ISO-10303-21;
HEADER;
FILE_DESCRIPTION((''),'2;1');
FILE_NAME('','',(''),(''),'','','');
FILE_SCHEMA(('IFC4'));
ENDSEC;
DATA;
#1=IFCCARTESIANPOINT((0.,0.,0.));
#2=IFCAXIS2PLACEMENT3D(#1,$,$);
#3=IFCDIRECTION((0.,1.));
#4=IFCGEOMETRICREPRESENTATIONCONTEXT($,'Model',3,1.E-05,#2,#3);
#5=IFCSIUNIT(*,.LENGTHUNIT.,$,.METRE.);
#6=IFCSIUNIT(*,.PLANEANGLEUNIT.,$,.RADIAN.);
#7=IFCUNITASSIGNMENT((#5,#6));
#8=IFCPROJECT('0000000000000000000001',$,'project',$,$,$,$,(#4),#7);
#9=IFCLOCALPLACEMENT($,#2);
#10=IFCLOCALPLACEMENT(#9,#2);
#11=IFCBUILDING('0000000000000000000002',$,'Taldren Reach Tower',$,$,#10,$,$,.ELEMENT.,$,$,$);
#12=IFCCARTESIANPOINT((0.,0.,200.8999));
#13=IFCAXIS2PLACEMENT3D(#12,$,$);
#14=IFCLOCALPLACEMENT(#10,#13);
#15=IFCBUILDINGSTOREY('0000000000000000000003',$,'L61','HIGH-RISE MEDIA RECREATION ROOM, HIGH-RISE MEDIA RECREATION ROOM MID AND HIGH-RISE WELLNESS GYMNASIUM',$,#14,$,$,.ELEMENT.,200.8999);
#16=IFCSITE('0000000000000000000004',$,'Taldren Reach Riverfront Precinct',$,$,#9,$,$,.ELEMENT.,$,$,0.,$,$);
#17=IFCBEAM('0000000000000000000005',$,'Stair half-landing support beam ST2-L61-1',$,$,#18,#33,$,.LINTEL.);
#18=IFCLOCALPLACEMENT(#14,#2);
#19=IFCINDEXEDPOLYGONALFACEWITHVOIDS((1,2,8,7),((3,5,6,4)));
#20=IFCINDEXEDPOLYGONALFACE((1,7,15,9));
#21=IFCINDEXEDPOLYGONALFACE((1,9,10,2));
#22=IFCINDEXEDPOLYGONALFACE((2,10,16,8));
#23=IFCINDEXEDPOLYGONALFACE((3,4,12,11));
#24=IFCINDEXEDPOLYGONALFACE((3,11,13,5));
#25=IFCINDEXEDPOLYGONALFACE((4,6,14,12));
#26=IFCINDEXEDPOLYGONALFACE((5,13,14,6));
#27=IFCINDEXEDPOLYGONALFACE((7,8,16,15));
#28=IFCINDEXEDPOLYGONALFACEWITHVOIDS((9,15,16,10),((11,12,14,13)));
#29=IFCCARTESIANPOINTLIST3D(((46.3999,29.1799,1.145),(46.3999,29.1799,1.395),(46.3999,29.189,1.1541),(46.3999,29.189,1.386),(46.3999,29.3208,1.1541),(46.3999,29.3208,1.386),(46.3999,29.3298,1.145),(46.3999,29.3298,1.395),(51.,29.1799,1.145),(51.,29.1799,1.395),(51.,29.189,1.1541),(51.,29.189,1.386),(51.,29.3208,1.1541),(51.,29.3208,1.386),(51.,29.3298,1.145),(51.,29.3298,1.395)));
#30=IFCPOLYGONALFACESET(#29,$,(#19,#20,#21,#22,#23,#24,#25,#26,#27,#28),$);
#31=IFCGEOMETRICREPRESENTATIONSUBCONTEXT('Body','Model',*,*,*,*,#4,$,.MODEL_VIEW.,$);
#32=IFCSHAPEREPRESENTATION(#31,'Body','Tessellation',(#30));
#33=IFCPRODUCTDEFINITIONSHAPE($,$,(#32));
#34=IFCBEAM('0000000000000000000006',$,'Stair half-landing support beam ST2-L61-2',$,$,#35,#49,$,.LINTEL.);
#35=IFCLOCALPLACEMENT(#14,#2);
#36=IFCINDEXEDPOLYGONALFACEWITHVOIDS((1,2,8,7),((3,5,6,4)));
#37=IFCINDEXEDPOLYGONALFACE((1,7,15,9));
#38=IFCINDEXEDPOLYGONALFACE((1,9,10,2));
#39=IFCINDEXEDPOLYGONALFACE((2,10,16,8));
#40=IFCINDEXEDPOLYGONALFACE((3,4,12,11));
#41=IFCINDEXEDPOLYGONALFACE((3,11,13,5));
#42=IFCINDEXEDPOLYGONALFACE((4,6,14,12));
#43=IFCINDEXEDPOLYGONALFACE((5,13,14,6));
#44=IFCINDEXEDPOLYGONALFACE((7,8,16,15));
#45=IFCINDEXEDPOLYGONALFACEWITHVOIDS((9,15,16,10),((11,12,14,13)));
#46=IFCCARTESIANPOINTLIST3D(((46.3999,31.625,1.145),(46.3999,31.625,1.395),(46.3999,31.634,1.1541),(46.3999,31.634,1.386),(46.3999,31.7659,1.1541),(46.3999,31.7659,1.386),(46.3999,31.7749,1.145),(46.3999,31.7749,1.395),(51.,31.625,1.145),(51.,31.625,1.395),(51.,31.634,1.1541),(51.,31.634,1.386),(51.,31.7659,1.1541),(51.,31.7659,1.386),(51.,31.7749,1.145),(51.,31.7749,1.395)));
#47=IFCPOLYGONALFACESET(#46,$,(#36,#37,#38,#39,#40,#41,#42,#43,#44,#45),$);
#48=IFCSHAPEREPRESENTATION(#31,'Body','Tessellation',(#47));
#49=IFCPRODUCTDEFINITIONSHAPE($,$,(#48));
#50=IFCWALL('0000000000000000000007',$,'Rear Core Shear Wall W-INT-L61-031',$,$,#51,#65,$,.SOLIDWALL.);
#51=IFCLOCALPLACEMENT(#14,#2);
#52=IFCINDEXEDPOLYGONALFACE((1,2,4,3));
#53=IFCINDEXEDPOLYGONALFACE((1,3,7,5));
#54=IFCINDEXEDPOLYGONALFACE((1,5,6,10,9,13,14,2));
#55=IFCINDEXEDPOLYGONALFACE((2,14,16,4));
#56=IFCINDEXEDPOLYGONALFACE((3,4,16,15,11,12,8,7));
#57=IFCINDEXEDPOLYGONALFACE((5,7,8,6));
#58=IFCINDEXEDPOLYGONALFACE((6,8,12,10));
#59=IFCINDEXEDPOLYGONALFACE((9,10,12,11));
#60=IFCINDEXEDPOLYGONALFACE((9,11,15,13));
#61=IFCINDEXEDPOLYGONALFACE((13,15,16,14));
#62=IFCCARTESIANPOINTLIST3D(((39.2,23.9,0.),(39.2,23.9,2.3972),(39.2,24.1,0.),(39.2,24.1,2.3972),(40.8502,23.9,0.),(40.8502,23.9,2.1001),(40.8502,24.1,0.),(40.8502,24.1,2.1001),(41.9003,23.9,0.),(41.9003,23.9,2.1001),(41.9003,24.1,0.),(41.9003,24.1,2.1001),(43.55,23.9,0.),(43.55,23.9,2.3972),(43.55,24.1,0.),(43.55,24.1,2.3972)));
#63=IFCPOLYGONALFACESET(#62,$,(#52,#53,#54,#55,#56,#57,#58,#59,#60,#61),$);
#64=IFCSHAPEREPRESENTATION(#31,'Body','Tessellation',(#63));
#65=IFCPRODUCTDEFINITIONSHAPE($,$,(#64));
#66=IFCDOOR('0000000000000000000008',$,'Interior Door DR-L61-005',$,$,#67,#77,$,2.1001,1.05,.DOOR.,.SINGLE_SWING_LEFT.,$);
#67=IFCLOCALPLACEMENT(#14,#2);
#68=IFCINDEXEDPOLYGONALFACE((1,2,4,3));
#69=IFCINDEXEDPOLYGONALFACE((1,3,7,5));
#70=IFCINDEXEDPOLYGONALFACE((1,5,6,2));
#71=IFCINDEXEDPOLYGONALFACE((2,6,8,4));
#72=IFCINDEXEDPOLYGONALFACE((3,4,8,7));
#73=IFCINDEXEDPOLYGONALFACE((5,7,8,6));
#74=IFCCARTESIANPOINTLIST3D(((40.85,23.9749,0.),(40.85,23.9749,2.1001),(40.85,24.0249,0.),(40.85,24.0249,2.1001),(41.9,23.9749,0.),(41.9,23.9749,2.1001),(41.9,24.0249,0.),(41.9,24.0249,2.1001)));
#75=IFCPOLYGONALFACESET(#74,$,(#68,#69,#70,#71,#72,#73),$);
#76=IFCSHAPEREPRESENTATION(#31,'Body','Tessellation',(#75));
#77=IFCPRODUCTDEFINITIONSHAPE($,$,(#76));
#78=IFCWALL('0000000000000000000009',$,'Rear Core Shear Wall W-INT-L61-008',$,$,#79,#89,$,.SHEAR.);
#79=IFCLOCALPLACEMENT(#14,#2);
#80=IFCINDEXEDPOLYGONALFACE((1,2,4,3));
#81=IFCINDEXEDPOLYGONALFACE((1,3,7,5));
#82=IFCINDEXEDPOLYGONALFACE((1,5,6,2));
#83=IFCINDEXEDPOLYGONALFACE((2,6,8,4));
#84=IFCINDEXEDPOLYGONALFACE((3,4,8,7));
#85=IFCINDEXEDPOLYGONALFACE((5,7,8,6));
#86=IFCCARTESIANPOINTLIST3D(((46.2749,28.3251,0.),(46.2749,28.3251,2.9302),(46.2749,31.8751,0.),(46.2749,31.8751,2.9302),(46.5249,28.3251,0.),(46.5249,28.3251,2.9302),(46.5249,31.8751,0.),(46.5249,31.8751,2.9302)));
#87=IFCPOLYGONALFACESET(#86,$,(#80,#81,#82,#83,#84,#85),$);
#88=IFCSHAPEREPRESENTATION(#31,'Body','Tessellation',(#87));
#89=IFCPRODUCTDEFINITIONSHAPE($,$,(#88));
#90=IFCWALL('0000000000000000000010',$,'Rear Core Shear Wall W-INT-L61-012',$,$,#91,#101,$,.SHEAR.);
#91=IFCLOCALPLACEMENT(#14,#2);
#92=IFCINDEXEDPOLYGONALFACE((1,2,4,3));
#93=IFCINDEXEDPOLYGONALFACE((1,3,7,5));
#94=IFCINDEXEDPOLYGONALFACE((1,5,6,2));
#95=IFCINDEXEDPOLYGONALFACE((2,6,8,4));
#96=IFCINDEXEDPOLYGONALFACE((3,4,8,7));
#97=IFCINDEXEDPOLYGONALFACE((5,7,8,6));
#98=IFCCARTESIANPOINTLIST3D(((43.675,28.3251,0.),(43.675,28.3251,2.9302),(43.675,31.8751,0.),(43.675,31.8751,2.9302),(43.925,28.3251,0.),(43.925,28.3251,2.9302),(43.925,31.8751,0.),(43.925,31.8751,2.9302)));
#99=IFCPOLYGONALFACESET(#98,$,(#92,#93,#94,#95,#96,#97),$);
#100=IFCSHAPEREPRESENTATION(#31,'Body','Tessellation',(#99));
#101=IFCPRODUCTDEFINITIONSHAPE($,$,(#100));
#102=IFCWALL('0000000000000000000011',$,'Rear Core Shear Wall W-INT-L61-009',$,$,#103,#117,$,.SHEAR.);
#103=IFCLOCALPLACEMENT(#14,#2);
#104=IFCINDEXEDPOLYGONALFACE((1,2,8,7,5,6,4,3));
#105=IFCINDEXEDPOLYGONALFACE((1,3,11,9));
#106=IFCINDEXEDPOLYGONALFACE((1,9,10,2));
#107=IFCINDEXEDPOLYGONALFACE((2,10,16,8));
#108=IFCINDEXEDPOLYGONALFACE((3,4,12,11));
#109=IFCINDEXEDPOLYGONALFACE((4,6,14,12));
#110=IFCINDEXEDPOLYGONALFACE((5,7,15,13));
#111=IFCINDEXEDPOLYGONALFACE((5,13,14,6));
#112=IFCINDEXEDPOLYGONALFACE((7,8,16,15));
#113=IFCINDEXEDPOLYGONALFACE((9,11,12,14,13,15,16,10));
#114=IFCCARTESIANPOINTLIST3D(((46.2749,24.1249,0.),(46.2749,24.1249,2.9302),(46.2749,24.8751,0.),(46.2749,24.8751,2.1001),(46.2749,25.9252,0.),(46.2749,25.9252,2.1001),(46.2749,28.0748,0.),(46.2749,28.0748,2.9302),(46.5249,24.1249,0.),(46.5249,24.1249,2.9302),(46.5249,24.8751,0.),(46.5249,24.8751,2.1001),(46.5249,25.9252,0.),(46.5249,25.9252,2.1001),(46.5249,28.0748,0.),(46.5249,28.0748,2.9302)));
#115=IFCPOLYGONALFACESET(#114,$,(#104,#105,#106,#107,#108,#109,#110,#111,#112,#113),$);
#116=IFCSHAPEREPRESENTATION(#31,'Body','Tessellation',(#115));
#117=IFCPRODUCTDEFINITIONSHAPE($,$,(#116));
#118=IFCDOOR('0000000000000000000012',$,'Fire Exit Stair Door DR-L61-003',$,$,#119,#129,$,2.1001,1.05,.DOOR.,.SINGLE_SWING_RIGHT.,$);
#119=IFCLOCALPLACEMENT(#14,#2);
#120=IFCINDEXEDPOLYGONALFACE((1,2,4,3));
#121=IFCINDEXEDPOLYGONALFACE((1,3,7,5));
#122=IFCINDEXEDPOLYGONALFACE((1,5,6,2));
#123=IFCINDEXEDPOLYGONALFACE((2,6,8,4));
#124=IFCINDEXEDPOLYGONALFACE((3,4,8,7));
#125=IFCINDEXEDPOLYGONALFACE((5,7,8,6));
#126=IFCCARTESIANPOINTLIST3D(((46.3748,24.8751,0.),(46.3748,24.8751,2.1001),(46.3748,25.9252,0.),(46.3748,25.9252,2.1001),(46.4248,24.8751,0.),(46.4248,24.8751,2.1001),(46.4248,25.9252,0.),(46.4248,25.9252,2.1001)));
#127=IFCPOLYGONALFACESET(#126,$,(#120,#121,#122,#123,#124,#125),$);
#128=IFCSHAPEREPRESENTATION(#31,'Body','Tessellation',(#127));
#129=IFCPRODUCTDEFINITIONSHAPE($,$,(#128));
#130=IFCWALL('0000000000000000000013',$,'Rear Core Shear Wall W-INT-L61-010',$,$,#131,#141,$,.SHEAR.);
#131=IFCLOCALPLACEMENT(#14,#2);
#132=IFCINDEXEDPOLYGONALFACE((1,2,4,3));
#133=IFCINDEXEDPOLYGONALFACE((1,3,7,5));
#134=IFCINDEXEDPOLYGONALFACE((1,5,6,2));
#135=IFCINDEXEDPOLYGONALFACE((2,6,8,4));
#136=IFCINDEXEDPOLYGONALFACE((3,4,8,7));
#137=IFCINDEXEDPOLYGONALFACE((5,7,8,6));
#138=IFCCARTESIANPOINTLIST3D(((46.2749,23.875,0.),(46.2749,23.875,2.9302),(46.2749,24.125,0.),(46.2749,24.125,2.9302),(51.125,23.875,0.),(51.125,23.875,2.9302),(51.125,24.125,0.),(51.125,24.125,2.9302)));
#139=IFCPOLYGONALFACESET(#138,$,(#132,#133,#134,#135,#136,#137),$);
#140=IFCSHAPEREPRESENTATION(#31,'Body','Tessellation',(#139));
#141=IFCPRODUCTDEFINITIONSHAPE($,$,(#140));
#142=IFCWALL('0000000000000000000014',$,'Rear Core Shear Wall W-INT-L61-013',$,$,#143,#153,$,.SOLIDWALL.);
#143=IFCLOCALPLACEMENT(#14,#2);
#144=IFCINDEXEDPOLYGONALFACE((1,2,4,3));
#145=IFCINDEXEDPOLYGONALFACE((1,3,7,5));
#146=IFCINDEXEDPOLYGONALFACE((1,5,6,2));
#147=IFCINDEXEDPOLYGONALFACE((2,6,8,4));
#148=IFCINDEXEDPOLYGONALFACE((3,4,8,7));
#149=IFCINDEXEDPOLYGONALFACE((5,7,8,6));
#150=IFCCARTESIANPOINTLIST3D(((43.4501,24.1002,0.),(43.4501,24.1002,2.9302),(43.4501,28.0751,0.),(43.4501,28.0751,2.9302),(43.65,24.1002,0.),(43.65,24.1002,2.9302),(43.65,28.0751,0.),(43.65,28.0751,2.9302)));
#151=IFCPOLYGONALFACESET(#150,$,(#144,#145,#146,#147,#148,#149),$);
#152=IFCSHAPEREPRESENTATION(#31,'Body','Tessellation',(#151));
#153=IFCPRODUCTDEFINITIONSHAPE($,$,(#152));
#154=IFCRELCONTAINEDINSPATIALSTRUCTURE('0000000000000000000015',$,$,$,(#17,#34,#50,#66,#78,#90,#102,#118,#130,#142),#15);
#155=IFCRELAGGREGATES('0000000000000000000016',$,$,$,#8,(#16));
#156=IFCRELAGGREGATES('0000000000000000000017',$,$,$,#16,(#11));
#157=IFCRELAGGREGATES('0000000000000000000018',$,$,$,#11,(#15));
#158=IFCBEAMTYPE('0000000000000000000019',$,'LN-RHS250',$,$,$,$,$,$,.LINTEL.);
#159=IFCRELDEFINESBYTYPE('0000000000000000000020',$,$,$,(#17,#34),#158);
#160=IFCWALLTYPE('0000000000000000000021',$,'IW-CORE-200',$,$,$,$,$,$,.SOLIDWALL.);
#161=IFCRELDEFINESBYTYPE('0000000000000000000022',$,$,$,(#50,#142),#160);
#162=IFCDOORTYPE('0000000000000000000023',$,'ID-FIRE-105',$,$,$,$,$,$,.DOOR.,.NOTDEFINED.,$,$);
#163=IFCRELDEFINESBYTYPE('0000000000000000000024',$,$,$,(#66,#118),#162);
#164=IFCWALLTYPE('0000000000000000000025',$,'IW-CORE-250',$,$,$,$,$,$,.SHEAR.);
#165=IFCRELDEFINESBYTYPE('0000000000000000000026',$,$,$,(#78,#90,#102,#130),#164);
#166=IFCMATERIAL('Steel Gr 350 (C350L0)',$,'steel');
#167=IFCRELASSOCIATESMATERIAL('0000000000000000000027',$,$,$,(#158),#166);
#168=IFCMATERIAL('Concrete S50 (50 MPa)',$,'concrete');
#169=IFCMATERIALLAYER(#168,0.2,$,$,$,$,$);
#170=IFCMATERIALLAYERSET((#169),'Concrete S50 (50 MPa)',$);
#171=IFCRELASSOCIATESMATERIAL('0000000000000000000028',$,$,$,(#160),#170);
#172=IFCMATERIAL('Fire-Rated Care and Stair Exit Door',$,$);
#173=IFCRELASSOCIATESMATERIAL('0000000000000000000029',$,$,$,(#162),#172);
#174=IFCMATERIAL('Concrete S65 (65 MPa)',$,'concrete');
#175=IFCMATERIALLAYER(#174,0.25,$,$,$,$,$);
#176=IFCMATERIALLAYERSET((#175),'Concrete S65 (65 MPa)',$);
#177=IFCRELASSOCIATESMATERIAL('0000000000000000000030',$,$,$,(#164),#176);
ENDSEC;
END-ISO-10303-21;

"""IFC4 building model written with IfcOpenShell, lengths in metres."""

from ifc_helpers import new_model, si_unit, direction, frame, frame_2d, origin, origin_2d, place, context, subcontext, project, spatial, rectangle, hollow_rectangle, extrude, source, transform, mapped, material, layer, layer_set, material_profile, profile_set, type_object, element, fill, save


model = new_model("IFC4")

# Units and contexts
model_context = context("Model", 3, precision=1e-05, world=origin(), true_north=direction((0.0, 1.0)))
body_context = subcontext(model_context, "Body", "Model", "MODEL_VIEW")
ifc_project = project(units=[si_unit("LENGTHUNIT", "METRE"), si_unit("PLANEANGLEUNIT", "RADIAN")], contexts=[model_context])

# Site, building, storey
site_placement = place(None, origin())
site = spatial("IfcSite", under=ifc_project, at=site_placement, Name="Taldren Reach Riverfront Precinct", CompositionType="ELEMENT", RefElevation=0.0)
building_placement = place(site_placement, origin())
building = spatial("IfcBuilding", under=site, at=building_placement, Name="Taldren Reach Tower", CompositionType="ELEMENT")
storey_placement = place(building_placement, frame((0.0, 0.0, 200.8999)))
storey = spatial("IfcBuildingStorey", under=building, at=storey_placement, Name="L61", Description="HIGH-RISE MEDIA RECREATION ROOM, HIGH-RISE MEDIA RECREATION ROOM MID AND HIGH-RISE WELLNESS GYMNASIUM", CompositionType="ELEMENT", Elevation=200.8999)

# Beams
ifc_material_1 = material(Name="Steel Gr 350 (C350L0)", Category="steel")
ifc_material_profile = material_profile(ifc_material_1, hollow_rectangle(XDim=0.1499, YDim=0.25, WallThickness=0.009, at=origin_2d()), Name="250x150x9.0RHS")
ifc_profile_set = profile_set([ifc_material_profile], Name="Steel Gr 350 (C350L0)")
beam_type = type_object("IfcBeamType", Name="LN-RHS250", PredefinedType="LINTEL", material=ifc_profile_set)
shared_shape_1 = source(origin(), body_context, "Body", "SweptSolid", [
    extrude(hollow_rectangle(XDim=0.1499, YDim=0.25, WallThickness=0.009, at=origin_2d()), origin(), (0.0, 0.0, 1.0), 4.6001),
])
for number, where, z_axis, x_axis, name in (
    (1, (46.3999, 29.2549, 1.27), (1.0, 0.0, 0.0), (0.0, 1.0, 0.0), "Stair half-landing support beam ST2-L61-1"),
    (2, (46.3999, 31.7, 1.27), (1.0, 0.0, 0.0), (0.0, 1.0, 0.0), "Stair half-landing support beam ST2-L61-2"),
):
    element("IfcBeam", number, at=place(storey_placement, frame(where, z_axis=z_axis, x_axis=x_axis)), inside=storey, type_object=beam_type, Name=name, PredefinedType="LINTEL", context=body_context, shape_type="MappedRepresentation", body=[
        mapped(shared_shape_1, transform((0.0, 0.0, 0.0), scale=1.0)),
    ])

# Wall, opening, door
ifc_material_2 = material(Name="Concrete S50 (50 MPa)", Category="concrete")
ifc_layer_1 = layer(ifc_material_2, 0.2)
ifc_layer_set_1 = layer_set([ifc_layer_1], Name="Concrete S50 (50 MPa)")
wall_type_1 = type_object("IfcWallType", Name="IW-CORE-200", PredefinedType="SOLIDWALL", material=ifc_layer_set_1)
shared_shape_2 = source(origin(), body_context, "Body", "SweptSolid", [
    extrude(rectangle(XDim=4.3501, YDim=0.2, at=frame_2d((2.175, 0.0))), origin(), (0.0, 0.0, 1.0), 2.3972),
])
wall_1_placement = place(storey_placement, frame((43.55, 24.0, 0.0), z_axis=(0.0, 0.0, 1.0), x_axis=(-1.0, 0.0, 0.0)))
wall_1 = element("IfcWall", 3, at=wall_1_placement, inside=storey, type_object=wall_type_1, Name="Rear Core Shear Wall W-INT-L61-031", PredefinedType="SOLIDWALL", context=body_context, shape_type="MappedRepresentation", body=[
    mapped(shared_shape_2, transform((0.0, 0.0, 0.0), scale=1.0)),
])
shared_shape_3 = source(origin(), body_context, "Body", "SweptSolid", [
    extrude(rectangle(XDim=1.05, YDim=2.1001, at=frame_2d((0.5249, 1.05))), frame((0.0, 0.1099, 0.0), z_axis=(0.0, -1.0, 0.0), x_axis=(1.0, 0.0, 0.0)), (0.0, 0.0, 1.0), 0.22),
])
opening_1_placement = place(wall_1_placement, frame((1.6499, 0.0, 0.0)))
opening_1 = element("IfcOpeningElement", 4, at=opening_1_placement, cuts=wall_1, PredefinedType="OPENING", context=body_context, shape_type="MappedRepresentation", body=[
    mapped(shared_shape_3, transform((0.0, 0.0, 0.0), scale=1.0)),
])
ifc_material_3 = material(Name="Fire-Rated Care and Stair Exit Door")
door_type_1 = type_object("IfcDoorType", Name="ID-FIRE-105", OperationType="NOTDEFINED", PredefinedType="DOOR", material=ifc_material_3)
shared_shape_4 = source(origin(), body_context, "Body", "SweptSolid", [
    extrude(rectangle(XDim=1.05, YDim=2.1001, at=frame_2d((0.5249, 1.05))), frame((0.0, 0.0249, 0.0), z_axis=(0.0, -1.0, 0.0), x_axis=(1.0, 0.0, 0.0)), (0.0, 0.0, 1.0), 0.05),
])
door_1_placement = place(opening_1_placement, frame((1.05, 0.0, 0.0), z_axis=(0.0, 0.0, 1.0), x_axis=(-1.0, 0.0, 0.0)))
door_1 = element("IfcDoor", 5, at=door_1_placement, inside=storey, type_object=door_type_1, Name="Interior Door DR-L61-005", OperationType="SINGLE_SWING_LEFT", OverallHeight=2.1001, OverallWidth=1.05, PredefinedType="DOOR", context=body_context, shape_type="MappedRepresentation", body=[
    mapped(shared_shape_4, transform((0.0, 0.0, 0.0), scale=1.0)),
])
fill(opening_1, door_1)

# Walls
ifc_material_4 = material(Name="Concrete S65 (65 MPa)", Category="concrete")
ifc_layer_2 = layer(ifc_material_4, 0.25)
ifc_layer_set_2 = layer_set([ifc_layer_2], Name="Concrete S65 (65 MPa)")
wall_type_2 = type_object("IfcWallType", Name="IW-CORE-250", PredefinedType="SHEAR", material=ifc_layer_set_2)
shared_shape_5 = source(origin(), body_context, "Body", "SweptSolid", [
    extrude(rectangle(XDim=3.55, YDim=0.25, at=frame_2d((1.7749, 0.0))), origin(), (0.0, 0.0, 1.0), 2.9302),
])
for number, where, z_axis, x_axis, name in (
    (6, (46.3999, 31.875, 0.0), (0.0, 0.0, 1.0), (0.0, -1.0, 0.0), "Rear Core Shear Wall W-INT-L61-008"),
    (7, (43.8, 31.875, 0.0), (0.0, 0.0, 1.0), (0.0, -1.0, 0.0), "Rear Core Shear Wall W-INT-L61-012"),
):
    element("IfcWall", number, at=place(storey_placement, frame(where, z_axis=z_axis, x_axis=x_axis)), inside=storey, type_object=wall_type_2, Name=name, PredefinedType="SHEAR", context=body_context, shape_type="MappedRepresentation", body=[
        mapped(shared_shape_5, transform((0.0, 0.0, 0.0), scale=1.0)),
    ])

# Wall, opening, door
shared_shape_6 = source(origin(), body_context, "Body", "SweptSolid", [
    extrude(rectangle(XDim=3.95, YDim=0.25, at=frame_2d((1.9751, 0.0))), origin(), (0.0, 0.0, 1.0), 2.9302),
])
wall_2_placement = place(storey_placement, frame((46.3999, 28.075, 0.0), z_axis=(0.0, 0.0, 1.0), x_axis=(0.0, -1.0, 0.0)))
wall_2 = element("IfcWall", 8, at=wall_2_placement, inside=storey, type_object=wall_type_2, Name="Rear Core Shear Wall W-INT-L61-009", PredefinedType="SHEAR", context=body_context, shape_type="MappedRepresentation", body=[
    mapped(shared_shape_6, transform((0.0, 0.0, 0.0), scale=1.0)),
])
shared_shape_7 = source(origin(), body_context, "Body", "SweptSolid", [
    extrude(rectangle(XDim=1.05, YDim=2.1001, at=frame_2d((0.5249, 1.05))), frame((0.0, 0.135, 0.0), z_axis=(0.0, -1.0, 0.0), x_axis=(1.0, 0.0, 0.0)), (0.0, 0.0, 1.0), 0.27),
])
opening_2_placement = place(wall_2_placement, frame((2.1499, 0.0, 0.0)))
opening_2 = element("IfcOpeningElement", 9, at=opening_2_placement, cuts=wall_2, PredefinedType="OPENING", context=body_context, shape_type="MappedRepresentation", body=[
    mapped(shared_shape_7, transform((0.0, 0.0, 0.0), scale=1.0)),
])
door_2_placement = place(opening_2_placement, origin())
door_2 = element("IfcDoor", 10, at=door_2_placement, inside=storey, type_object=door_type_1, Name="Fire Exit Stair Door DR-L61-003", OperationType="SINGLE_SWING_RIGHT", OverallHeight=2.1001, OverallWidth=1.05, PredefinedType="DOOR", context=body_context, shape_type="MappedRepresentation", body=[
    mapped(shared_shape_4, transform((0.0, 0.0, 0.0), scale=1.0)),
])
fill(opening_2, door_2)

# Wall
shared_shape_8 = source(origin(), body_context, "Body", "SweptSolid", [
    extrude(rectangle(XDim=4.8501, YDim=0.25, at=frame_2d((2.425, 0.0))), origin(), (0.0, 0.0, 1.0), 2.9302),
])
wall_3_placement = place(storey_placement, frame((46.2749, 24.0, 0.0), z_axis=(0.0, 0.0, 1.0), x_axis=(1.0, 0.0, 0.0)))
element("IfcWall", 11, at=wall_3_placement, inside=storey, type_object=wall_type_2, Name="Rear Core Shear Wall W-INT-L61-010", PredefinedType="SHEAR", context=body_context, shape_type="MappedRepresentation", body=[
    mapped(shared_shape_8, transform((0.0, 0.0, 0.0), scale=1.0)),
])

# Wall
shared_shape_9 = source(origin(), body_context, "Body", "SweptSolid", [
    extrude(rectangle(XDim=3.9749, YDim=0.2, at=frame_2d((1.9873, 0.0))), origin(), (0.0, 0.0, 1.0), 2.9302),
])
wall_4_placement = place(storey_placement, frame((43.55, 28.075, 0.0), z_axis=(0.0, 0.0, 1.0), x_axis=(0.0, -1.0, 0.0)))
element("IfcWall", 12, at=wall_4_placement, inside=storey, type_object=wall_type_1, Name="Rear Core Shear Wall W-INT-L61-013", PredefinedType="SOLIDWALL", context=body_context, shape_type="MappedRepresentation", body=[
    mapped(shared_shape_9, transform((0.0, 0.0, 0.0), scale=1.0)),
])

save(model, "model.ifc")
